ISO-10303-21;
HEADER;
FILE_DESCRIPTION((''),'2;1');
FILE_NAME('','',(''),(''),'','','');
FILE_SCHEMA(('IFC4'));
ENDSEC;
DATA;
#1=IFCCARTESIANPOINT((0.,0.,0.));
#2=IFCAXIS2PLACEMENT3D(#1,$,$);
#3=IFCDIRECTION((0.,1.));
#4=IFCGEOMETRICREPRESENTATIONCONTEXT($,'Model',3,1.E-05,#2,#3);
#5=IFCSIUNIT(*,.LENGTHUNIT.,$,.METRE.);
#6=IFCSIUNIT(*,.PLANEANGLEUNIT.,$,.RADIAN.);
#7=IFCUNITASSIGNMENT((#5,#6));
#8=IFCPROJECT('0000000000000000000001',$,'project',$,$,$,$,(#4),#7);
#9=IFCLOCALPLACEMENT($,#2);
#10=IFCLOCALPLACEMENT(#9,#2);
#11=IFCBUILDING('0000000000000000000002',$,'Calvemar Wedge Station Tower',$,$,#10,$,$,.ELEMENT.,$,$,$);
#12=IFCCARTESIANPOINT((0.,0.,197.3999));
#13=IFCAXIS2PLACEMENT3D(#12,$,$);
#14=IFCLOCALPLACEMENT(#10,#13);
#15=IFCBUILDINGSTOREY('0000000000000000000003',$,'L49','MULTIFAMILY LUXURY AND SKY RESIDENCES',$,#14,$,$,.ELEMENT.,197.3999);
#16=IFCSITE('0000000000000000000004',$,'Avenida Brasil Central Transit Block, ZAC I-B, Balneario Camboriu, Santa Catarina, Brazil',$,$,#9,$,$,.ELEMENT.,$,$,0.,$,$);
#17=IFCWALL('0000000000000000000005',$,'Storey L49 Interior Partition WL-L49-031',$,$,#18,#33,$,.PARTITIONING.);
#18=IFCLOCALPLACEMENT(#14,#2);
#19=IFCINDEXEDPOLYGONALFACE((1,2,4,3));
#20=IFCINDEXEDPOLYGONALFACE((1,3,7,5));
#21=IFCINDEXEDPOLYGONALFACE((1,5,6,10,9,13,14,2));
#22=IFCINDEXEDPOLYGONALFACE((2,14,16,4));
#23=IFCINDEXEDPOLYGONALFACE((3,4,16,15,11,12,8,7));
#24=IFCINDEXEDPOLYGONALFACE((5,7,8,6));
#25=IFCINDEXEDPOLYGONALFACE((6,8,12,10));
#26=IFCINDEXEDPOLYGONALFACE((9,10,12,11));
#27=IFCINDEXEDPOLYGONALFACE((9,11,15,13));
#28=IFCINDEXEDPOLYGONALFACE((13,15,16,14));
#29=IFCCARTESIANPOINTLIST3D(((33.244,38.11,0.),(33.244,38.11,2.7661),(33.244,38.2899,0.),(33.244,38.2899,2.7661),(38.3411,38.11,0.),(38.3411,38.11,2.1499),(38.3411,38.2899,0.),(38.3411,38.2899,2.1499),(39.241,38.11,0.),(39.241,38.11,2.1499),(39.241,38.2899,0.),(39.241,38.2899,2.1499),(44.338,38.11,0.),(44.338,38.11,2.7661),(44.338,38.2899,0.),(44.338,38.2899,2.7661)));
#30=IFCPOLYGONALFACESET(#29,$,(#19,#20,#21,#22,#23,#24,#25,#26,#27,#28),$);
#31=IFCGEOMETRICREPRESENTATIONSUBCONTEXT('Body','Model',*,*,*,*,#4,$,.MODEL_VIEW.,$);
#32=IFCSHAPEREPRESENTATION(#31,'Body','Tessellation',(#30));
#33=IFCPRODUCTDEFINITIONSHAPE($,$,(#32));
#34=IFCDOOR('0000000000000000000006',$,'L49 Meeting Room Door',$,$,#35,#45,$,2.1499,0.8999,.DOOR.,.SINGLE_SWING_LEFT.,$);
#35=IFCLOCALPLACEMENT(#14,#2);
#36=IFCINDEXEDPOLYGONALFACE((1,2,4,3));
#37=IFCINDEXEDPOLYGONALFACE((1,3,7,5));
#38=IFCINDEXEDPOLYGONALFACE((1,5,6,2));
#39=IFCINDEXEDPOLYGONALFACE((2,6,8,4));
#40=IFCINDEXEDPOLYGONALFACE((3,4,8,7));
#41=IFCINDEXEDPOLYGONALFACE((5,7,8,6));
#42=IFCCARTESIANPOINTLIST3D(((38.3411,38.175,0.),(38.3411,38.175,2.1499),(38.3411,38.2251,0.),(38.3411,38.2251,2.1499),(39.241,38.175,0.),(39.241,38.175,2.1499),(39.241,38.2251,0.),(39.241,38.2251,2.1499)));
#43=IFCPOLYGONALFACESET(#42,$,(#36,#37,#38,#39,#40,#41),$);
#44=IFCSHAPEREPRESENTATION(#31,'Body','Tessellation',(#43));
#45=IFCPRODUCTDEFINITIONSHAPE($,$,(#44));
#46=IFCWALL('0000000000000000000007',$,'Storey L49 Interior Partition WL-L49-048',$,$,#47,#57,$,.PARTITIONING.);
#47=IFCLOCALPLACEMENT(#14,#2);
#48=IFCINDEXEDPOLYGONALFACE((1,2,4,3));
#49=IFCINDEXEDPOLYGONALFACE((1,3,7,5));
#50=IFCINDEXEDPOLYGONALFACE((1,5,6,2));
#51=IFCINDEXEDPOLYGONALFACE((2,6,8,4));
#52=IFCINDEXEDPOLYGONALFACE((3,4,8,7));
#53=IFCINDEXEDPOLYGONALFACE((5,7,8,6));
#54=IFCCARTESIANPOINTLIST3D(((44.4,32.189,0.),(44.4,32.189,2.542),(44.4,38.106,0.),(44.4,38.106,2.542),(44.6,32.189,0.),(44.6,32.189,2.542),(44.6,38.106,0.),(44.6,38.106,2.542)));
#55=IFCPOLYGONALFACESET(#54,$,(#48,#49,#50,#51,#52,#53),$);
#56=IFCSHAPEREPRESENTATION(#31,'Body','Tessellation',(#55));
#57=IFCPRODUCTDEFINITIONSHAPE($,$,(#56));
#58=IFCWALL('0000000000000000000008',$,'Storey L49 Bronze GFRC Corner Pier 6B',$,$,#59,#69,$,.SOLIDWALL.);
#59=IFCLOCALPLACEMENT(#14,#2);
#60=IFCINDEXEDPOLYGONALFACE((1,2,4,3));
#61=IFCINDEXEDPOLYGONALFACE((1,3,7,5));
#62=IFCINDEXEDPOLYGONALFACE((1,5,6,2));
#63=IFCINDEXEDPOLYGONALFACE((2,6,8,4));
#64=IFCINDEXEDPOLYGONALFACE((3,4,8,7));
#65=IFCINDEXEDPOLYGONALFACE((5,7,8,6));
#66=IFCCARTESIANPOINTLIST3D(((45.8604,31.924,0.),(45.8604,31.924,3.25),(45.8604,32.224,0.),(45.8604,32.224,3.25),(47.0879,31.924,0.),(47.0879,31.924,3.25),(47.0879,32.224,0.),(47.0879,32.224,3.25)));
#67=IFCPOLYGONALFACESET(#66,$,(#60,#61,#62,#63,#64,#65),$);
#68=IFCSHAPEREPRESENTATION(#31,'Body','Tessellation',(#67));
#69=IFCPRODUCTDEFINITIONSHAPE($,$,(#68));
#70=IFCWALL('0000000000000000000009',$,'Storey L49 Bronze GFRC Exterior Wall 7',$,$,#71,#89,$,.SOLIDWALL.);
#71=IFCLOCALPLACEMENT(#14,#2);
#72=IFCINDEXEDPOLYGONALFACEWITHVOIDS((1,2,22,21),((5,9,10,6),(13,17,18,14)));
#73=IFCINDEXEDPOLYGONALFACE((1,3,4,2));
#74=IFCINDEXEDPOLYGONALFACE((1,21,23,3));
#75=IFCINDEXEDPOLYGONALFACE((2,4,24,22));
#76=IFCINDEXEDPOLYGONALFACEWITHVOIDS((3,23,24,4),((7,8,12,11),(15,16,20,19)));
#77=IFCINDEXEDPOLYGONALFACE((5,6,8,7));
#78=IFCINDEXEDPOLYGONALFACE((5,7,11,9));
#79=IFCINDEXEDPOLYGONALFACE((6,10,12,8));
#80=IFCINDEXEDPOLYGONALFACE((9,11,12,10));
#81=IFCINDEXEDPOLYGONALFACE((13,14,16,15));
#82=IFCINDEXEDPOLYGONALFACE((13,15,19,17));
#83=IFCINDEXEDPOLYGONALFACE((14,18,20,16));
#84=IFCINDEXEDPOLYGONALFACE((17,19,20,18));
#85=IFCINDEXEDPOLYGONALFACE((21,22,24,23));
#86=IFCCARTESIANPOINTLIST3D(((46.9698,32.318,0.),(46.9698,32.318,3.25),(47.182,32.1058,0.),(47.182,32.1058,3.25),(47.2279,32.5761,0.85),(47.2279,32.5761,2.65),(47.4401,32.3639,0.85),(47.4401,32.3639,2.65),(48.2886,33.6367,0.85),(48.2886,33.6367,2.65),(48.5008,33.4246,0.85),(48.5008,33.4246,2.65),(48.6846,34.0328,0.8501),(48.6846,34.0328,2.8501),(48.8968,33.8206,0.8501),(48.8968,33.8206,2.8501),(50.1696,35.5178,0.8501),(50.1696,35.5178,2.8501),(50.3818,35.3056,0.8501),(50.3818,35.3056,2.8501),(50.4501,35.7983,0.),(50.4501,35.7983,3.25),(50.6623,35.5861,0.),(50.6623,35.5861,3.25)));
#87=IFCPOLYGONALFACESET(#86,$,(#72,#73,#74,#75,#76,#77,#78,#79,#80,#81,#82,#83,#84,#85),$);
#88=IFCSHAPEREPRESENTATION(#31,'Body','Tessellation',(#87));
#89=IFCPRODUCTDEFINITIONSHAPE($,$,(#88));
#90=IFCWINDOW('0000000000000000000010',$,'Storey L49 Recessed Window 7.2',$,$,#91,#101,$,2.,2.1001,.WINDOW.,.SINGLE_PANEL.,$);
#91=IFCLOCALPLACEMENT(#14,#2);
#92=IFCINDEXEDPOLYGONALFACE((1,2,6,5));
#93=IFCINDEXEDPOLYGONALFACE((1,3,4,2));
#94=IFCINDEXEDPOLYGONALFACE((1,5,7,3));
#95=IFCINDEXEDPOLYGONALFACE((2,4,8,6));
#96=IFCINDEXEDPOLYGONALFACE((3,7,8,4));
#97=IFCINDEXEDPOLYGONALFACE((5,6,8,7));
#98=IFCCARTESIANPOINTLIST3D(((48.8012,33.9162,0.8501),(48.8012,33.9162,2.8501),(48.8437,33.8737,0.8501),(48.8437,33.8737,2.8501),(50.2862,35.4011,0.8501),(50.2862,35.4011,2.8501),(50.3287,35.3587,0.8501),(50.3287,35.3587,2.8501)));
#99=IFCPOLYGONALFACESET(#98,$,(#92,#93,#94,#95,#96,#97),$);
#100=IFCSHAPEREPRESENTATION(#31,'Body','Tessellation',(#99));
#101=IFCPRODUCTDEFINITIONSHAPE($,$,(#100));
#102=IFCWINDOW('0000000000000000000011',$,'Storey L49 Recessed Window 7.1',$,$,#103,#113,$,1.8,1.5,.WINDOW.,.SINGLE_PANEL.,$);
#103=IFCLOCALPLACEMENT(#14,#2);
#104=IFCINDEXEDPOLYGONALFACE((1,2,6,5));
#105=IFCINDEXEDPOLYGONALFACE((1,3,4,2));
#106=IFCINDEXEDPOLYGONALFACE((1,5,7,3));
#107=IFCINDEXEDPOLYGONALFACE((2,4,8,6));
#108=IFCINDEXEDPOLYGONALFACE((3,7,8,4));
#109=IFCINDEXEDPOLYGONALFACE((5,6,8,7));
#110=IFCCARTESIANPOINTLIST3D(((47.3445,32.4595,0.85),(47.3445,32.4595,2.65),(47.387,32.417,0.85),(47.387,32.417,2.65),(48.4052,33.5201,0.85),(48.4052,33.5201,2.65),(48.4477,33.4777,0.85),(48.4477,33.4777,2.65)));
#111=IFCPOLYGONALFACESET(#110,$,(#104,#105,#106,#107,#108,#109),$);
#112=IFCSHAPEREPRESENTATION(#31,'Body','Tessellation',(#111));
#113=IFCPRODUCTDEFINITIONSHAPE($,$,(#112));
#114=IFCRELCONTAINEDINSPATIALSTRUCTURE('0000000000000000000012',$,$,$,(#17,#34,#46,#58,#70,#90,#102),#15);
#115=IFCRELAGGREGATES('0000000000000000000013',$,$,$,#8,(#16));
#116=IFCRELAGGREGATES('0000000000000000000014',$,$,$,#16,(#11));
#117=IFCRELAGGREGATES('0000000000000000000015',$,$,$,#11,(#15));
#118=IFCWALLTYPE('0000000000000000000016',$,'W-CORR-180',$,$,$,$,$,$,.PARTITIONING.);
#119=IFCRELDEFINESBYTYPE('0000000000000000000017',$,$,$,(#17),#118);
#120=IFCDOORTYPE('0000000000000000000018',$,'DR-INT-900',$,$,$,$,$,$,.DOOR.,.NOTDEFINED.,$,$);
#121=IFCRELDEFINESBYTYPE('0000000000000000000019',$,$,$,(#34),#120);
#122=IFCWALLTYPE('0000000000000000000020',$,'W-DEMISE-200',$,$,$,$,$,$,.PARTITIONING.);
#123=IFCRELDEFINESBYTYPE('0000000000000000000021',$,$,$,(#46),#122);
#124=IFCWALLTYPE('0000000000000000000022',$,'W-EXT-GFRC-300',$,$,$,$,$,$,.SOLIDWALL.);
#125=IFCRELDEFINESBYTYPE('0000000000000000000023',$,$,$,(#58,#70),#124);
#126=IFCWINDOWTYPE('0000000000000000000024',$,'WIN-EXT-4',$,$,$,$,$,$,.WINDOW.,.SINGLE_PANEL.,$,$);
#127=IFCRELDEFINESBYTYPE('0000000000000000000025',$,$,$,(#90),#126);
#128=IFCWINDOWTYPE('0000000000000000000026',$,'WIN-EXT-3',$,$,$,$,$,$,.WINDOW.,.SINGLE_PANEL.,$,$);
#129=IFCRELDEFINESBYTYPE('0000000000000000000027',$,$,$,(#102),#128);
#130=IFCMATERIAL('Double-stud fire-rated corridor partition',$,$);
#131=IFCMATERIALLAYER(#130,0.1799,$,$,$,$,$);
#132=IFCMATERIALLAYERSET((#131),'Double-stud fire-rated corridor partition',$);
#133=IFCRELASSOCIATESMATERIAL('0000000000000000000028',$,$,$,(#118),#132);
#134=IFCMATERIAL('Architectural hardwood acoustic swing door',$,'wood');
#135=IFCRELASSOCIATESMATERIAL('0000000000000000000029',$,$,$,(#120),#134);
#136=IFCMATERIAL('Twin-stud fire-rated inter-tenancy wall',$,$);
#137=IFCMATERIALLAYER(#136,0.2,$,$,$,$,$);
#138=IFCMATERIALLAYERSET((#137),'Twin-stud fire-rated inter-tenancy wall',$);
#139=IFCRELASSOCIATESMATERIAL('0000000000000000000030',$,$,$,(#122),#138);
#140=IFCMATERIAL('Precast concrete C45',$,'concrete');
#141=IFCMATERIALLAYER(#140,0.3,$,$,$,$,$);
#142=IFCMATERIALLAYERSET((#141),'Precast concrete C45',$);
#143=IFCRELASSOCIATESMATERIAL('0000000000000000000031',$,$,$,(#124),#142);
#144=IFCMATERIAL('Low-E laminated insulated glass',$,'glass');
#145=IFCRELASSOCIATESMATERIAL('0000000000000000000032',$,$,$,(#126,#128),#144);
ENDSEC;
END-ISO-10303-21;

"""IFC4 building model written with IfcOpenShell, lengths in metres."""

from ifc_helpers import new_model, si_unit, direction, frame, frame_2d, origin, place, context, subcontext, project, spatial, rectangle, extrude, source, transform, mapped, material, layer, layer_set, type_object, element, fill, save


model = new_model("IFC4")

# Units and contexts
model_context = context("Model", 3, precision=1e-05, world=origin(), true_north=direction((0.0, 1.0)))
body_context = subcontext(model_context, "Body", "Model", "MODEL_VIEW")
ifc_project = project(units=[si_unit("LENGTHUNIT", "METRE"), si_unit("PLANEANGLEUNIT", "RADIAN")], contexts=[model_context])

# Site, building, storey
site_placement = place(None, origin())
site = spatial("IfcSite", under=ifc_project, at=site_placement, Name="Avenida Brasil Central Transit Block, ZAC I-B, Balneario Camboriu, Santa Catarina, Brazil", CompositionType="ELEMENT", RefElevation=0.0)
building_placement = place(site_placement, origin())
building = spatial("IfcBuilding", under=site, at=building_placement, Name="Calvemar Wedge Station Tower", CompositionType="ELEMENT")
storey_placement = place(building_placement, frame((0.0, 0.0, 197.3999)))
storey = spatial("IfcBuildingStorey", under=building, at=storey_placement, Name="L49", Description="MULTIFAMILY LUXURY AND SKY RESIDENCES", CompositionType="ELEMENT", Elevation=197.3999)

# Shared definitions
ifc_material_1 = material(Name="Low-E laminated insulated glass", Category="glass")

# Shared definitions
ifc_material_2 = material(Name="Double-stud fire-rated corridor partition")
ifc_layer_1 = layer(ifc_material_2, 0.1799)
ifc_layer_set_1 = layer_set([ifc_layer_1], Name="Double-stud fire-rated corridor partition")
wall_type_1 = type_object("IfcWallType", Name="W-CORR-180", PredefinedType="PARTITIONING", material=ifc_layer_set_1)

# Wall, opening, door
wall_1_placement = place(storey_placement, frame((44.3379, 38.2, 0.0), z_axis=(0.0, 0.0, 1.0), x_axis=(-1.0, 0.0, 0.0)))
wall_1 = element("IfcWall", 1, at=wall_1_placement, inside=storey, type_object=wall_type_1, Name="Storey L49 Interior Partition WL-L49-031", PredefinedType="PARTITIONING", context=body_context, shape_type="SweptSolid", body=[
    extrude(rectangle(XDim=11.094, YDim=0.1799, at=frame_2d((5.5469, 0.0))), origin(), (0.0, 0.0, 1.0), 2.7661),
])
shared_shape_1 = source(origin(), body_context, "Body", "SweptSolid", [
    extrude(rectangle(XDim=0.8999, YDim=2.1499, at=frame_2d((0.45, 1.075))), frame((0.0, 0.1001, 0.0), z_axis=(0.0, -1.0, 0.0), x_axis=(1.0, 0.0, 0.0)), (0.0, 0.0, 1.0), 0.2),
])
opening_1_placement = place(wall_1_placement, frame((5.0969, 0.0, 0.0)))
opening_1 = element("IfcOpeningElement", 2, at=opening_1_placement, cuts=wall_1, PredefinedType="OPENING", context=body_context, shape_type="MappedRepresentation", body=[
    mapped(shared_shape_1, transform((0.0, 0.0, 0.0), scale=1.0)),
])
ifc_material_3 = material(Name="Architectural hardwood acoustic swing door", Category="wood")
door_type = type_object("IfcDoorType", Name="DR-INT-900", OperationType="NOTDEFINED", PredefinedType="DOOR", material=ifc_material_3)
shared_shape_2 = source(origin(), body_context, "Body", "SweptSolid", [
    extrude(rectangle(XDim=0.8999, YDim=2.1499, at=frame_2d((0.45, 1.075))), frame((0.0, 0.0249, 0.0), z_axis=(0.0, -1.0, 0.0), x_axis=(1.0, 0.0, 0.0)), (0.0, 0.0, 1.0), 0.05),
])
door_placement = place(opening_1_placement, origin())
door = element("IfcDoor", 3, at=door_placement, inside=storey, type_object=door_type, Name="L49 Meeting Room Door", OperationType="SINGLE_SWING_LEFT", OverallHeight=2.1499, OverallWidth=0.8999, PredefinedType="DOOR", context=body_context, shape_type="MappedRepresentation", body=[
    mapped(shared_shape_2, transform((0.0, 0.0, 0.0), scale=1.0)),
])
fill(opening_1, door)

# Walls
ifc_material_4 = material(Name="Twin-stud fire-rated inter-tenancy wall")
ifc_layer_2 = layer(ifc_material_4, 0.2)
ifc_layer_set_2 = layer_set([ifc_layer_2], Name="Twin-stud fire-rated inter-tenancy wall")
wall_type_2 = type_object("IfcWallType", Name="W-DEMISE-200", PredefinedType="PARTITIONING", material=ifc_layer_set_2)
wall_2_placement = place(storey_placement, frame((44.5, 32.189, 0.0), z_axis=(0.0, 0.0, 1.0), x_axis=(0.0, 1.0, 0.0)))
element("IfcWall", 4, at=wall_2_placement, inside=storey, type_object=wall_type_2, Name="Storey L49 Interior Partition WL-L49-048", PredefinedType="PARTITIONING", context=body_context, shape_type="SweptSolid", body=[
    extrude(rectangle(XDim=5.917, YDim=0.2, at=frame_2d((2.9585, 0.0))), origin(), (0.0, 0.0, 1.0), 2.542),
])
ifc_material_5 = material(Name="Precast concrete C45", Category="concrete")
ifc_layer_3 = layer(ifc_material_5, 0.3)
ifc_layer_set_3 = layer_set([ifc_layer_3], Name="Precast concrete C45")
wall_type_3 = type_object("IfcWallType", Name="W-EXT-GFRC-300", PredefinedType="SOLIDWALL", material=ifc_layer_set_3)
wall_3_placement = place(storey_placement, frame((45.8604, 32.074, 0.0), z_axis=(0.0, 0.0, 1.0), x_axis=(1.0, 0.0, 0.0)))
element("IfcWall", 5, at=wall_3_placement, inside=storey, type_object=wall_type_3, Name="Storey L49 Bronze GFRC Corner Pier 6B", PredefinedType="SOLIDWALL", context=body_context, shape_type="SweptSolid", body=[
    extrude(rectangle(XDim=1.2275, YDim=0.3, at=frame_2d((0.6138, 0.0))), origin(), (0.0, 0.0, 1.0), 3.25),
])

# Wall, openings, windows
wall_4_placement = place(storey_placement, frame((47.0759, 32.2119, 0.0), z_axis=(0.0, 0.0, 1.0), x_axis=(0.707107, 0.707107, 0.0)))
wall_4 = element("IfcWall", 6, at=wall_4_placement, inside=storey, type_object=wall_type_3, Name="Storey L49 Bronze GFRC Exterior Wall 7", PredefinedType="SOLIDWALL", context=body_context, shape_type="SweptSolid", body=[
    extrude(rectangle(XDim=4.9219, YDim=0.3, at=frame_2d((2.4609, 0.0))), origin(), (0.0, 0.0, 1.0), 3.25),
])
shared_shape_3 = source(origin(), body_context, "Body", "SweptSolid", [
    extrude(rectangle(XDim=1.5, YDim=1.8, at=frame_2d((0.75, 0.8999))), frame((0.0, 0.1602, 0.0), z_axis=(0.0, -1.0, 0.0), x_axis=(1.0, 0.0, 0.0)), (0.0, 0.0, 1.0), 0.3201),
])
opening_2_placement = place(wall_4_placement, frame((0.365, 0.0, 0.8501)))
opening_2 = element("IfcOpeningElement", 7, at=opening_2_placement, cuts=wall_4, PredefinedType="OPENING", context=body_context, shape_type="MappedRepresentation", body=[
    mapped(shared_shape_3, transform((0.0, 0.0, 0.0), scale=1.0)),
])
shared_shape_4 = source(origin(), body_context, "Body", "SweptSolid", [
    extrude(rectangle(XDim=2.1001, YDim=2.0, at=frame_2d((1.05, 1.0))), frame((0.0, 0.1602, 0.0), z_axis=(0.0, -1.0, 0.0), x_axis=(1.0, 0.0, 0.0)), (0.0, 0.0, 1.0), 0.3201),
])
opening_3_placement = place(wall_4_placement, frame((2.425, 0.0, 0.8501)))
opening_3 = element("IfcOpeningElement", 8, at=opening_3_placement, cuts=wall_4, PredefinedType="OPENING", context=body_context, shape_type="MappedRepresentation", body=[
    mapped(shared_shape_4, transform((0.0, 0.0, 0.0), scale=1.0)),
])
window_type_1 = type_object("IfcWindowType", Name="WIN-EXT-4", PartitioningType="SINGLE_PANEL", PredefinedType="WINDOW", material=ifc_material_1)
shared_shape_5 = source(origin(), body_context, "Body", "SweptSolid", [
    extrude(rectangle(XDim=2.1001, YDim=2.0, at=frame_2d((1.05, 1.0))), frame((0.0, -0.0149, 0.0), z_axis=(0.0, -1.0, 0.0), x_axis=(1.0, 0.0, 0.0)), (0.0, 0.0, 1.0), 0.0601),
])
window_1_placement = place(opening_3_placement, origin())
window_1 = element("IfcWindow", 9, at=window_1_placement, inside=storey, type_object=window_type_1, Name="Storey L49 Recessed Window 7.2", OverallHeight=2.0, OverallWidth=2.1001, PartitioningType="SINGLE_PANEL", PredefinedType="WINDOW", context=body_context, shape_type="MappedRepresentation", body=[
    mapped(shared_shape_5, transform((0.0, 0.0, 0.0), scale=1.0)),
])
fill(opening_3, window_1)
window_type_2 = type_object("IfcWindowType", Name="WIN-EXT-3", PartitioningType="SINGLE_PANEL", PredefinedType="WINDOW", material=ifc_material_1)
shared_shape_6 = source(origin(), body_context, "Body", "SweptSolid", [
    extrude(rectangle(XDim=1.5, YDim=1.8, at=frame_2d((0.75, 0.8999))), frame((0.0, -0.0149, 0.0), z_axis=(0.0, -1.0, 0.0), x_axis=(1.0, 0.0, 0.0)), (0.0, 0.0, 1.0), 0.0601),
])
window_2_placement = place(opening_2_placement, origin())
window_2 = element("IfcWindow", 10, at=window_2_placement, inside=storey, type_object=window_type_2, Name="Storey L49 Recessed Window 7.1", OverallHeight=1.8, OverallWidth=1.5, PartitioningType="SINGLE_PANEL", PredefinedType="WINDOW", context=body_context, shape_type="MappedRepresentation", body=[
    mapped(shared_shape_6, transform((0.0, 0.0, 0.0), scale=1.0)),
])
fill(opening_2, window_2)

save(model, "model.ifc")
